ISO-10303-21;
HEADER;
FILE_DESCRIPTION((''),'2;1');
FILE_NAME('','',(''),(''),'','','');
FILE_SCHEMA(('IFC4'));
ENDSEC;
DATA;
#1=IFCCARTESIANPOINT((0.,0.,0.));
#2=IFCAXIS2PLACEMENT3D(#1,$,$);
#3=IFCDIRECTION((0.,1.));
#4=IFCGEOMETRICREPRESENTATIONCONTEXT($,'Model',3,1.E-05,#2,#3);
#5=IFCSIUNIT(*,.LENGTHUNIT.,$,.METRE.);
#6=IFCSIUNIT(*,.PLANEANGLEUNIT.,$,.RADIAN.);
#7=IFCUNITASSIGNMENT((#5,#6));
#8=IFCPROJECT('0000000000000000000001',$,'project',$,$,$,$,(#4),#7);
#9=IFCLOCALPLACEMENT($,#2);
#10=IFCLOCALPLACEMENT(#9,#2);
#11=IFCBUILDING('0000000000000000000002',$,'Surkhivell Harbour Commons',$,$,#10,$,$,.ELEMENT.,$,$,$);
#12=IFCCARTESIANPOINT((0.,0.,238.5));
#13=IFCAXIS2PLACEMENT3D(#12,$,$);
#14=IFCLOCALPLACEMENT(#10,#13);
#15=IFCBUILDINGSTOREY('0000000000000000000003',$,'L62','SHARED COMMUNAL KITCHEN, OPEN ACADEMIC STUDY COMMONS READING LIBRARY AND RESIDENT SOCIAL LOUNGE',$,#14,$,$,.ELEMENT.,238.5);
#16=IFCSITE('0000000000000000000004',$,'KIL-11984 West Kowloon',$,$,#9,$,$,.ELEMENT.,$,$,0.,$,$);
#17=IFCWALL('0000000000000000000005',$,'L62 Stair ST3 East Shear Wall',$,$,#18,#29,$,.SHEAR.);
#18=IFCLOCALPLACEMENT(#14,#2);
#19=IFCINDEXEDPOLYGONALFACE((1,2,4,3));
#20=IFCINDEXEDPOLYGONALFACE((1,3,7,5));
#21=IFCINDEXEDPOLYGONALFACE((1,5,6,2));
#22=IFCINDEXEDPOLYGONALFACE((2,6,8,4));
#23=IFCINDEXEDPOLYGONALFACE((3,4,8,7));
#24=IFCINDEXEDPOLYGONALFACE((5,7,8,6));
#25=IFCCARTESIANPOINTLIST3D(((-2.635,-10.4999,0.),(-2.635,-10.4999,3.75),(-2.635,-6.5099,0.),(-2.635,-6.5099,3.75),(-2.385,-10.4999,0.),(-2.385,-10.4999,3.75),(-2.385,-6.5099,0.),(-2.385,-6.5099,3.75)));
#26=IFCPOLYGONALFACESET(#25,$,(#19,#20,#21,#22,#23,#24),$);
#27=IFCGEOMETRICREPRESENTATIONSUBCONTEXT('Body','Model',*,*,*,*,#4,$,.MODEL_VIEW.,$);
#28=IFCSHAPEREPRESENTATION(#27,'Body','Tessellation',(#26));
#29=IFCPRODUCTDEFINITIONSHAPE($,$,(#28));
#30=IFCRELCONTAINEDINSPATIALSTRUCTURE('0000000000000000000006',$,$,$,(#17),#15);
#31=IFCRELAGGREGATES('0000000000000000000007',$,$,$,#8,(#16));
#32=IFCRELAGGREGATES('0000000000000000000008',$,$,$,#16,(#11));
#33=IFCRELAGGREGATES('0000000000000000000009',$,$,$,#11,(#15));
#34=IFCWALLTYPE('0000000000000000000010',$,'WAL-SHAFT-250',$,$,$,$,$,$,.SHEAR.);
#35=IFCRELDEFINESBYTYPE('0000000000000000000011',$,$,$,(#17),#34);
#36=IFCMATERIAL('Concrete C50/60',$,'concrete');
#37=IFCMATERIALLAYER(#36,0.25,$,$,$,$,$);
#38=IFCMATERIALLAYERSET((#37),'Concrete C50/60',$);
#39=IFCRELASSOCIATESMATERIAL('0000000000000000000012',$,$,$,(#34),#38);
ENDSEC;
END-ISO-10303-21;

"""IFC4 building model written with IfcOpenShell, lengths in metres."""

from ifc_helpers import new_model, si_unit, direction, frame, frame_2d, origin, place, context, subcontext, project, spatial, rectangle, extrude, material, layer, layer_set, type_object, element, save


model = new_model("IFC4")

# Units and contexts
model_context = context("Model", 3, precision=1e-05, world=origin(), true_north=direction((0.0, 1.0)))
body_context = subcontext(model_context, "Body", "Model", "MODEL_VIEW")
ifc_project = project(units=[si_unit("LENGTHUNIT", "METRE"), si_unit("PLANEANGLEUNIT", "RADIAN")], contexts=[model_context])

# Site, building, storey
site_placement = place(None, origin())
site = spatial("IfcSite", under=ifc_project, at=site_placement, Name="KIL-11984 West Kowloon", CompositionType="ELEMENT", RefElevation=0.0)
building_placement = place(site_placement, origin())
building = spatial("IfcBuilding", under=site, at=building_placement, Name="Surkhivell Harbour Commons", CompositionType="ELEMENT")
storey_placement = place(building_placement, frame((0.0, 0.0, 238.5)))
storey = spatial("IfcBuildingStorey", under=building, at=storey_placement, Name="L62", Description="SHARED COMMUNAL KITCHEN, OPEN ACADEMIC STUDY COMMONS READING LIBRARY AND RESIDENT SOCIAL LOUNGE", CompositionType="ELEMENT", Elevation=238.5)

# Shared definitions
ifc_material_1 = material(Name="Concrete C50/60", Category="concrete")

# Wall
ifc_layer_1 = layer(ifc_material_1, 0.25)
ifc_layer_set_1 = layer_set([ifc_layer_1], Name="Concrete C50/60")
wall_type_1 = type_object("IfcWallType", Name="WAL-SHAFT-250", PredefinedType="SHEAR", material=ifc_layer_set_1)
wall_1_placement = place(storey_placement, frame((-2.51, -10.5, 0.0), z_axis=(0.0, 0.0, 1.0), x_axis=(0.0, 1.0, 0.0)))
element("IfcWall", 1, at=wall_1_placement, inside=storey, type_object=wall_type_1, Name="L62 Stair ST3 East Shear Wall", PredefinedType="SHEAR", context=body_context, shape_type="SweptSolid", body=[
    extrude(rectangle(XDim=3.99, YDim=0.25, at=frame_2d((1.9951, 0.0))), origin(), (0.0, 0.0, 1.0), 3.75),
])

save(model, "model.ifc")
